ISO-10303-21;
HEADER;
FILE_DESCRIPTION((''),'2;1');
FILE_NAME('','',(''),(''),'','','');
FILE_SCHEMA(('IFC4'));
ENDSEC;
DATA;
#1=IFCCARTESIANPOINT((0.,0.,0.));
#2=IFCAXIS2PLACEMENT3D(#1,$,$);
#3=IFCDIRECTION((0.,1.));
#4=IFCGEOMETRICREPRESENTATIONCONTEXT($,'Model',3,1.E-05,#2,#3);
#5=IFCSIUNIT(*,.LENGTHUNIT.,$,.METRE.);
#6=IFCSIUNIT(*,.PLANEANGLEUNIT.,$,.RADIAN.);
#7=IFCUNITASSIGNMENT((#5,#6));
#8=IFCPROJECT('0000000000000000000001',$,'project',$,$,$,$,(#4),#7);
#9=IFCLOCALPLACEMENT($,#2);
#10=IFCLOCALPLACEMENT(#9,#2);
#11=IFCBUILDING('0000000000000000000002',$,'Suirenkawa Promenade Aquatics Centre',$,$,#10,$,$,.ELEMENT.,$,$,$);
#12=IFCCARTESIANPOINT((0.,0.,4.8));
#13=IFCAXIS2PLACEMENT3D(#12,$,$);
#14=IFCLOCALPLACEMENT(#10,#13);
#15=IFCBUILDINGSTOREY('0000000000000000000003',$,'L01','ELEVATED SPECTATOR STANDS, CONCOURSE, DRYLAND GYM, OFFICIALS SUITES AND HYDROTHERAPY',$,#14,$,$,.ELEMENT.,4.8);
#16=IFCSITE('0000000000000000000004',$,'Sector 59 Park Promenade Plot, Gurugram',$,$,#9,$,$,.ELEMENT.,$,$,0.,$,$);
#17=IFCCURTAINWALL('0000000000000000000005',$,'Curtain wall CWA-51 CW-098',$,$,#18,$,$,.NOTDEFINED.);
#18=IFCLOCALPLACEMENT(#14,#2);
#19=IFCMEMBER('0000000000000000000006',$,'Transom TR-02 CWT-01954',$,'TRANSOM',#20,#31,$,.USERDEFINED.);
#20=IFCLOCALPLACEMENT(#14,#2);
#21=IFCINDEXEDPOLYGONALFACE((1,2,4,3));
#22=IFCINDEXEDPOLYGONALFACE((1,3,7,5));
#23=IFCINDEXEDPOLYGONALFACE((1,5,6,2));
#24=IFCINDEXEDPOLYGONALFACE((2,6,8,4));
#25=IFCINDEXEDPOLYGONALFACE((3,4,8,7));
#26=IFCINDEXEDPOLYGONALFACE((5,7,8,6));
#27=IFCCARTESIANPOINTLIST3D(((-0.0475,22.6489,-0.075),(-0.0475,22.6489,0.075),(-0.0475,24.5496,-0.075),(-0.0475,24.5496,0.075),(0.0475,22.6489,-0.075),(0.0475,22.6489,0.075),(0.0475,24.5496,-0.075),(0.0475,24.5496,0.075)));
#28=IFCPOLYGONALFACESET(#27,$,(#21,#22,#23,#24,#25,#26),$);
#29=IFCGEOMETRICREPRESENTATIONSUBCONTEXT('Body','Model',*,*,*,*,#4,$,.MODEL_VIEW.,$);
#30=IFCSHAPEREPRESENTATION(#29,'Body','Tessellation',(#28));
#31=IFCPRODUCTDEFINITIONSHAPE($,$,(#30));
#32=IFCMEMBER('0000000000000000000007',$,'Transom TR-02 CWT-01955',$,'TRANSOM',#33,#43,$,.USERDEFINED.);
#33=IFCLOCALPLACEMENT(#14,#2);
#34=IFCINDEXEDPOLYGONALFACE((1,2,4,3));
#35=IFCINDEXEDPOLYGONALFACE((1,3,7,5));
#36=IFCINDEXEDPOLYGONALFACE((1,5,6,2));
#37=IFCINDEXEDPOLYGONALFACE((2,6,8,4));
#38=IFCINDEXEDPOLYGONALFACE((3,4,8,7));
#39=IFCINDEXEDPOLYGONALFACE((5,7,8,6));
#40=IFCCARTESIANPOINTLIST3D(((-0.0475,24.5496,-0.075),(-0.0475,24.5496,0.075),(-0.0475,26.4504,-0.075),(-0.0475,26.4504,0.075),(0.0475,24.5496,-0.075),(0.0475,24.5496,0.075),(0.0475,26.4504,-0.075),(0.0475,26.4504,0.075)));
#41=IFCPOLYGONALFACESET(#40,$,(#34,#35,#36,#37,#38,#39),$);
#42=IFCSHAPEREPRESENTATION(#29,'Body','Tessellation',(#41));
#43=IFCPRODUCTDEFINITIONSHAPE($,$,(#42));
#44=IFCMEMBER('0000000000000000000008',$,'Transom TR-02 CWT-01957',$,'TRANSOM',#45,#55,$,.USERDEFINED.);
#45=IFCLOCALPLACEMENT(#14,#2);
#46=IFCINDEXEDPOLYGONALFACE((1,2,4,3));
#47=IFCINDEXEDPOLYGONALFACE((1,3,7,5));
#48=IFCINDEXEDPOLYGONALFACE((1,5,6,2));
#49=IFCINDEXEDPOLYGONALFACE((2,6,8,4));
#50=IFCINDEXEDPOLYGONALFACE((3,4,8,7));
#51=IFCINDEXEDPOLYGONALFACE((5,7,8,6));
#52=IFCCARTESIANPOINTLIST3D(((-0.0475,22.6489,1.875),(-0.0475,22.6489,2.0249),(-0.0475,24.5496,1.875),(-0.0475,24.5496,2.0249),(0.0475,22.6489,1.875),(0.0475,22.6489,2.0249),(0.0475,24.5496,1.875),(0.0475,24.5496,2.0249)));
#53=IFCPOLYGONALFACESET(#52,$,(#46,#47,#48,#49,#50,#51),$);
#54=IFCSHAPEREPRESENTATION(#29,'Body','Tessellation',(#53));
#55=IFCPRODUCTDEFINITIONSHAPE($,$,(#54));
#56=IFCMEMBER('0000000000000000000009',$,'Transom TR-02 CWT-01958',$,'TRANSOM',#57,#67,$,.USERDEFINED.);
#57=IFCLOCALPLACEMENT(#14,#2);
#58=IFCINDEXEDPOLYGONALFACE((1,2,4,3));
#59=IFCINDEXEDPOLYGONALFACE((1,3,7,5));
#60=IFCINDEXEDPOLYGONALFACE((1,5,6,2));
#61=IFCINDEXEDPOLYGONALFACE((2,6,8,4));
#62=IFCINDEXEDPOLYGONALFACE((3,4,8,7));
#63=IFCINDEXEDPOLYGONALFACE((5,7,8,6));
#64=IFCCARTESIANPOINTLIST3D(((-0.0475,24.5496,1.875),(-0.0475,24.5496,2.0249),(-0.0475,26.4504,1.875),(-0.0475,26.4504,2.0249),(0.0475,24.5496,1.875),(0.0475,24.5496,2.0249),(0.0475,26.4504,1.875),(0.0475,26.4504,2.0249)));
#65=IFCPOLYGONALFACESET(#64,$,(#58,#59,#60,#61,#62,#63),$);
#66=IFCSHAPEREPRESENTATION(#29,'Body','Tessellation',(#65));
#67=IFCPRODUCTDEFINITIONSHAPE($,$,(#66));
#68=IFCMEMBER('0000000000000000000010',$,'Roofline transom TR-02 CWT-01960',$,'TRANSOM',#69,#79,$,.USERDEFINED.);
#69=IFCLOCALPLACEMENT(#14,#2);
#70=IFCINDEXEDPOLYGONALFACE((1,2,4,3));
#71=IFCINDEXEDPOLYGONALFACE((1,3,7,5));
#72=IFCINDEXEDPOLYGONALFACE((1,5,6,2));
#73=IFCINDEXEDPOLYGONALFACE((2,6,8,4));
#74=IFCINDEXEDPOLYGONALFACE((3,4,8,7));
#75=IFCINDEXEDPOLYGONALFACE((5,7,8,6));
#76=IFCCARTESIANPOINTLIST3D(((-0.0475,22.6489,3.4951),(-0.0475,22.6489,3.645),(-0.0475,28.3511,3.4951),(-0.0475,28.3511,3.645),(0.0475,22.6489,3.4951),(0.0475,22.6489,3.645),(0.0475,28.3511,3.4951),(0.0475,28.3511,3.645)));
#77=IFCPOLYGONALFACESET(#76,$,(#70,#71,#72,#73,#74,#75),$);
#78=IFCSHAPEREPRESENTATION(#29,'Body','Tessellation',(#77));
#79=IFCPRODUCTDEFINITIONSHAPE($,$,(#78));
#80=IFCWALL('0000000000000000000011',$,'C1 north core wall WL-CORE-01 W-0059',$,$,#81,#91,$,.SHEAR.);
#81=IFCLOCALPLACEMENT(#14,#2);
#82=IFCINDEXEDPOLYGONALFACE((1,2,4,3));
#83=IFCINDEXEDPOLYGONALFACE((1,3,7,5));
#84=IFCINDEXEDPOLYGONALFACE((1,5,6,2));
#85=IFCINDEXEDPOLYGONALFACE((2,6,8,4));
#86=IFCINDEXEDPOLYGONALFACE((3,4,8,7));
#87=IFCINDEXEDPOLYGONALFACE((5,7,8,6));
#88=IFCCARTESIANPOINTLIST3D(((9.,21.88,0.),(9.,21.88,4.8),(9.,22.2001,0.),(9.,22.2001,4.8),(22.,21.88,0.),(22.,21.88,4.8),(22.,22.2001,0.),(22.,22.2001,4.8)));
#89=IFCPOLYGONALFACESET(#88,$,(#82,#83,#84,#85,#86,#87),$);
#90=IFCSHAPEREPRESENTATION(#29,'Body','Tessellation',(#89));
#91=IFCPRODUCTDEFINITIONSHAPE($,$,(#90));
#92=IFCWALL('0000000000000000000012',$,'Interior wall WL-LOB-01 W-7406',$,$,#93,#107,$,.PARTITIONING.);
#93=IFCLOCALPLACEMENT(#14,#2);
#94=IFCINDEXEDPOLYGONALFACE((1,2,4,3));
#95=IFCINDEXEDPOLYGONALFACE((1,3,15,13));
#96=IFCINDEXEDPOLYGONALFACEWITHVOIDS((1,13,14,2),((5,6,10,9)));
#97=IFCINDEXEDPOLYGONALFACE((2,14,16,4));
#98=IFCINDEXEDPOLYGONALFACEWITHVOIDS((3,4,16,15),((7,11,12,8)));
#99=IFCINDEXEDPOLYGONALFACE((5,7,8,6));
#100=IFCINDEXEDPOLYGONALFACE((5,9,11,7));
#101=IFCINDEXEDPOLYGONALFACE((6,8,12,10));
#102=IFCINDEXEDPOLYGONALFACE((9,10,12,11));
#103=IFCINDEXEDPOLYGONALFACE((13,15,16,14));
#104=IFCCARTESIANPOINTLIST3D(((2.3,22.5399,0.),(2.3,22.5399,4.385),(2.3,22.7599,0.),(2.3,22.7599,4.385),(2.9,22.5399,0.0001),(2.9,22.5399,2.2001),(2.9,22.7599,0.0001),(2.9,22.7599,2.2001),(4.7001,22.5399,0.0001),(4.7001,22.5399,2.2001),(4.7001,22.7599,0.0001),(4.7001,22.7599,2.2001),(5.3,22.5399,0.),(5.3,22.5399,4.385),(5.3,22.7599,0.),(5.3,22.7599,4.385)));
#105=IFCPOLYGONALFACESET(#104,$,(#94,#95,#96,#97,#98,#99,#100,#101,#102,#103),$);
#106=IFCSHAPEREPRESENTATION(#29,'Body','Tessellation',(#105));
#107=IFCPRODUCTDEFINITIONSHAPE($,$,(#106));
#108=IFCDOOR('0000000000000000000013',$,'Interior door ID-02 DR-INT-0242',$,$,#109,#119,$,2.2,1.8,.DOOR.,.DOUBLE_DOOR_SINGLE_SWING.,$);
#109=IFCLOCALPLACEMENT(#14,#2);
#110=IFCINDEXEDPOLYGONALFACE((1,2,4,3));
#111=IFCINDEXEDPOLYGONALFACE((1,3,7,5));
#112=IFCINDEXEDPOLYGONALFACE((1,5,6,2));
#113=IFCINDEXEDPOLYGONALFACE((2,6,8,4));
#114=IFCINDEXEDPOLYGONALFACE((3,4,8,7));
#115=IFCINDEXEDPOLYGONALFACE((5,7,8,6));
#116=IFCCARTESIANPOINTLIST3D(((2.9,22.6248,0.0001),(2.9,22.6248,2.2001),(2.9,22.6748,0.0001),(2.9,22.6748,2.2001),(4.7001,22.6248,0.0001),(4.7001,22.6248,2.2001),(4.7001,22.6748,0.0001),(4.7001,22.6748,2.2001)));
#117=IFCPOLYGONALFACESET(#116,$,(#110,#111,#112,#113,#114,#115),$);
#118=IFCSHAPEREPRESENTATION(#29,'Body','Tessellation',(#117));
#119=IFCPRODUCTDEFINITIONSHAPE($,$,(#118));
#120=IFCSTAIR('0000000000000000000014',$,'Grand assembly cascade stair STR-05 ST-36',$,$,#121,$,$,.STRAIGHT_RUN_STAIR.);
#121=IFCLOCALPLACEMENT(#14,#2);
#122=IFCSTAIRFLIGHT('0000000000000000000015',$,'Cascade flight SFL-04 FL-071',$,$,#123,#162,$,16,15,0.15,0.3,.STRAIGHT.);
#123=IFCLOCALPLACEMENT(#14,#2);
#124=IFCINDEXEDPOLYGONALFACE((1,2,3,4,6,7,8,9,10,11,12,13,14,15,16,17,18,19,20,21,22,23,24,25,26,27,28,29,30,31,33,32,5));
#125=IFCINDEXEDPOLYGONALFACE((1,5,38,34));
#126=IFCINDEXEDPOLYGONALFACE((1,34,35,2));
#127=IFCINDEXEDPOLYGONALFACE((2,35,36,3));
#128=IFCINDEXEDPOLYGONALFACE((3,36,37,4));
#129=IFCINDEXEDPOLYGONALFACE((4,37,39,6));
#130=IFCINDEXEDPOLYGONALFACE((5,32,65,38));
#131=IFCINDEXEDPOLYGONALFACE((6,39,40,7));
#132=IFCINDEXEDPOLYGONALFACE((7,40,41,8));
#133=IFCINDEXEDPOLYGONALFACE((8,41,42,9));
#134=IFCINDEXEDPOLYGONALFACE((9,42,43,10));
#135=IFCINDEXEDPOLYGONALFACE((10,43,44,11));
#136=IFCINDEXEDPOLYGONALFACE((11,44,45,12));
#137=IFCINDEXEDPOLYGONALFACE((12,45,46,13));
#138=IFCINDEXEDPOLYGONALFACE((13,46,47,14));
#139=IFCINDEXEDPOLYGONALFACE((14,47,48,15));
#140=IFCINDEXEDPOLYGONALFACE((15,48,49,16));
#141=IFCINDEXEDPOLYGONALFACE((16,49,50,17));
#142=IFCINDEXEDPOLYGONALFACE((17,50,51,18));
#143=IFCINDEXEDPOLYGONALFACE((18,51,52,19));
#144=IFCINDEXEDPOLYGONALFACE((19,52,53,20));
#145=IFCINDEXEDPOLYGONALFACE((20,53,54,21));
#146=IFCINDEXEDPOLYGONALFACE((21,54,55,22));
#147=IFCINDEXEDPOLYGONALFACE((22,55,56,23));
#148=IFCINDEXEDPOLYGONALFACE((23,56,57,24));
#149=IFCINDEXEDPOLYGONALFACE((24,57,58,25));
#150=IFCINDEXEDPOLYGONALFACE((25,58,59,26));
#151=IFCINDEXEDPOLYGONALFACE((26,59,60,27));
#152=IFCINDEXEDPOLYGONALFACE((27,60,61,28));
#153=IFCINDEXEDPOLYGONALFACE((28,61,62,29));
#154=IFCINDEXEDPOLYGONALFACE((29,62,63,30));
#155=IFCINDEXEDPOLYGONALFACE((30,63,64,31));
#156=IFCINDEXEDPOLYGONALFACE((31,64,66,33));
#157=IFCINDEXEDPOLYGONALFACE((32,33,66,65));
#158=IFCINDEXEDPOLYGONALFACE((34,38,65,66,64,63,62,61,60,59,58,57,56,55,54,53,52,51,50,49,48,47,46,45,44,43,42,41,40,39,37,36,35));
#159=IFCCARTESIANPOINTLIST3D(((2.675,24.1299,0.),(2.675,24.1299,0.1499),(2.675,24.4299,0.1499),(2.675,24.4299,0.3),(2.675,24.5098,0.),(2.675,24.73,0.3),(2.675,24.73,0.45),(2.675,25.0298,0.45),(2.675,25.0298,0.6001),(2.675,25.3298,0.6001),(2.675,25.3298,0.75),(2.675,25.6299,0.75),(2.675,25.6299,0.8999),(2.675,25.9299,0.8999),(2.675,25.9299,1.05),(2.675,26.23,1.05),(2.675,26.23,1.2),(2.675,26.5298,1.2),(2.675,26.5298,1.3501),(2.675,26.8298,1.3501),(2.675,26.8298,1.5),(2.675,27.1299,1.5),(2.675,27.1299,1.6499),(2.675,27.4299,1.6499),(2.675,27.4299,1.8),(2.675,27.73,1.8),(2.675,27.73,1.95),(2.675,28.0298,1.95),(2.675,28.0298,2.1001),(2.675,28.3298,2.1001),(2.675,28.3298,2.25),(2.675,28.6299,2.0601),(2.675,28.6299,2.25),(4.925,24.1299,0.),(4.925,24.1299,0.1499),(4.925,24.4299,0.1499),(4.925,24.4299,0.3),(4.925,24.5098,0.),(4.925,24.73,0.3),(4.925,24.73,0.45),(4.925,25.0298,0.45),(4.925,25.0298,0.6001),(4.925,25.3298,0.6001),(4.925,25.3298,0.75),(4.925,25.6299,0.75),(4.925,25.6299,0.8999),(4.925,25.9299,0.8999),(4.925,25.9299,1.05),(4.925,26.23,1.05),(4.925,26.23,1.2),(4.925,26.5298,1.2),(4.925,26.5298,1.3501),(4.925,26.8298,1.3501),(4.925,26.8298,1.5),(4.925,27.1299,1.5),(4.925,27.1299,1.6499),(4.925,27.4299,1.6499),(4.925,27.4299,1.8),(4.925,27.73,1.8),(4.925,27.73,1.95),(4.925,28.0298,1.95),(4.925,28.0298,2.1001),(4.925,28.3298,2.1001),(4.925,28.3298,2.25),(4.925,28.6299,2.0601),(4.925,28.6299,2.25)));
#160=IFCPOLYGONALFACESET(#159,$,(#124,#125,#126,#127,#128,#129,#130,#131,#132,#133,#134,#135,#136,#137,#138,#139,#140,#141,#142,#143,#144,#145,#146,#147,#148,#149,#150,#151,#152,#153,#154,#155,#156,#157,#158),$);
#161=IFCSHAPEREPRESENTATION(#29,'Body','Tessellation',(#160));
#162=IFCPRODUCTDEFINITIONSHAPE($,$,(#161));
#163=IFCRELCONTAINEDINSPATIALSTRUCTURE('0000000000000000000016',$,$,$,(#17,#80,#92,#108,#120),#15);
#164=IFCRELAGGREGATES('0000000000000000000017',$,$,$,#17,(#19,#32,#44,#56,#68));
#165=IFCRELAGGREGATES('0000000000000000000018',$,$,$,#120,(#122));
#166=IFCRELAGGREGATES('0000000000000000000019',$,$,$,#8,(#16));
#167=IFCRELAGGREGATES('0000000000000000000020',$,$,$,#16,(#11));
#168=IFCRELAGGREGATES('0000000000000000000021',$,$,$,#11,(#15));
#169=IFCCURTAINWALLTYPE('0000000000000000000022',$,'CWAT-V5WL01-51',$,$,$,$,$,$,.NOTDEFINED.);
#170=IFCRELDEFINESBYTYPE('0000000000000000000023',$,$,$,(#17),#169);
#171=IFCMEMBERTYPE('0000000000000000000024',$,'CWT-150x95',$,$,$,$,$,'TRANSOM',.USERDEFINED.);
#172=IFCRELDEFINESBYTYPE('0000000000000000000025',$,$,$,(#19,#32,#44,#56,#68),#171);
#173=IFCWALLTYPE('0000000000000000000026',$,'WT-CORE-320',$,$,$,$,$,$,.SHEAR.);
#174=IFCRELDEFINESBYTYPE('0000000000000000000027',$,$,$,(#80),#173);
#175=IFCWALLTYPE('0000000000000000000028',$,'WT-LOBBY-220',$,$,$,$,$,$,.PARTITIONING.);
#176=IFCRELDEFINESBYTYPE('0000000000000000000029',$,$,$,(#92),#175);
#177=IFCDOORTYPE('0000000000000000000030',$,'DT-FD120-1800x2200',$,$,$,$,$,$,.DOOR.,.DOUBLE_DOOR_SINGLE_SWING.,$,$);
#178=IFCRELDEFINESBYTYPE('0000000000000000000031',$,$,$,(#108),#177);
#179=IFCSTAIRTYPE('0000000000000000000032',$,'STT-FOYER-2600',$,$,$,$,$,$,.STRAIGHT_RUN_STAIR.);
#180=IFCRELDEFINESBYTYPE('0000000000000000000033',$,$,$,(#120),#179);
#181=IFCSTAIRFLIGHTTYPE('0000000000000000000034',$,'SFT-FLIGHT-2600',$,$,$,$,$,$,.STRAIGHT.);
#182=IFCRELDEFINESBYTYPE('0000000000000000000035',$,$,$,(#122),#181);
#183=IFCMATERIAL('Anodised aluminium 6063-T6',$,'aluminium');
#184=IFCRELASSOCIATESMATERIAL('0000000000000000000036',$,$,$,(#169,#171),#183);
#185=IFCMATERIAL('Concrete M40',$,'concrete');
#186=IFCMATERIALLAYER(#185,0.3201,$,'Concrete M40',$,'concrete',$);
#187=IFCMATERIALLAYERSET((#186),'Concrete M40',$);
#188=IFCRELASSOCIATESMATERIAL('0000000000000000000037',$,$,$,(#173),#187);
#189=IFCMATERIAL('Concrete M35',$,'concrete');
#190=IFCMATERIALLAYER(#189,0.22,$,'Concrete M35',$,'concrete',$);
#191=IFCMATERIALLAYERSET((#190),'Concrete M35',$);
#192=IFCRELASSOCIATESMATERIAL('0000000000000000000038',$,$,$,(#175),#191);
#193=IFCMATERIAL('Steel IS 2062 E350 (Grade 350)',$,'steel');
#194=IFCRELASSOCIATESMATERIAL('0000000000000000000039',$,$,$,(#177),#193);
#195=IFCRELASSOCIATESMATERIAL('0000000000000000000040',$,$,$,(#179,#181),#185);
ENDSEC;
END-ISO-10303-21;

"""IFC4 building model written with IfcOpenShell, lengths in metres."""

from ifc_helpers import new_model, si_unit, direction, frame, frame_2d, origin, origin_2d, place, context, subcontext, project, spatial, polyline, rectangle, outline, extrude, material, layer, layer_set, material_profile, profile_set, type_object, element, fill, aggregate, save


model = new_model("IFC4")

# Units and contexts
model_context = context("Model", 3, precision=1e-05, world=origin(), true_north=direction((0.0, 1.0)))
body_context = subcontext(model_context, "Body", "Model", "MODEL_VIEW")
ifc_project = project(units=[si_unit("LENGTHUNIT", "METRE"), si_unit("PLANEANGLEUNIT", "RADIAN")], contexts=[model_context])

# Site, building, storey
site_placement = place(None, origin())
site = spatial("IfcSite", under=ifc_project, at=site_placement, Name="Sector 59 Park Promenade Plot, Gurugram", CompositionType="ELEMENT", RefElevation=0.0)
building_placement = place(site_placement, origin())
building = spatial("IfcBuilding", under=site, at=building_placement, Name="Suirenkawa Promenade Aquatics Centre", CompositionType="ELEMENT")
storey_placement = place(building_placement, frame((0.0, 0.0, 4.8)))
storey = spatial("IfcBuildingStorey", under=building, at=storey_placement, Name="L01", Description="ELEVATED SPECTATOR STANDS, CONCOURSE, DRYLAND GYM, OFFICIALS SUITES AND HYDROTHERAPY", CompositionType="ELEMENT", Elevation=4.8)

# Shared definitions
ifc_material_1 = material(Name="Concrete M40", Category="concrete")

# Shared definitions
ifc_material_2 = material(Name="Steel IS 2062 E350 (Grade 350)", Category="steel")
ifc_material_3 = material(Name="Concrete M35", Category="concrete")

# Curtain wall
ifc_material_4 = material(Name="Anodised aluminium 6063-T6", Category="aluminium")
curtain_wall_type_1 = type_object("IfcCurtainWallType", Name="CWAT-V5WL01-51", PredefinedType="NOTDEFINED", material=ifc_material_4)
curtain_wall_1_placement = place(storey_placement, origin())
curtain_wall_1 = element("IfcCurtainWall", 1, at=curtain_wall_1_placement, inside=storey, type_object=curtain_wall_type_1, Name="Curtain wall CWA-51 CW-098", PredefinedType="NOTDEFINED")

# Members
ifc_material_profile_1 = material_profile(ifc_material_4, rectangle(XDim=0.095, YDim=0.1499, at=origin_2d()), Name="ALU TRAN 95x150", Category="aluminium")
ifc_profile_set_1 = profile_set([ifc_material_profile_1], Name="Anodised aluminium 6063-T6")
member_type_1 = type_object("IfcMemberType", Name="CWT-150x95", ElementType="TRANSOM", PredefinedType="USERDEFINED", material=ifc_profile_set_1)
member_1_placement = place(storey_placement, frame((0.0, 22.6489, 0.0), z_axis=(0.0, 1.0, 0.0), x_axis=(-1.0, 0.0, 0.0)))
member_1 = element("IfcMember", 2, at=member_1_placement, type_object=member_type_1, Name="Transom TR-02 CWT-01954", ObjectType="TRANSOM", PredefinedType="USERDEFINED", context=body_context, shape_type="SweptSolid", body=[
    extrude(rectangle(XDim=0.095, YDim=0.1499, at=origin_2d()), origin(), (0.0, 0.0, 1.0), 1.9006),
])
member_2_placement = place(storey_placement, frame((0.0, 24.5496, 0.0), z_axis=(0.0, 1.0, 0.0), x_axis=(-1.0, 0.0, 0.0)))
member_2 = element("IfcMember", 3, at=member_2_placement, type_object=member_type_1, Name="Transom TR-02 CWT-01955", ObjectType="TRANSOM", PredefinedType="USERDEFINED", context=body_context, shape_type="SweptSolid", body=[
    extrude(rectangle(XDim=0.095, YDim=0.1499, at=origin_2d()), origin(), (0.0, 0.0, 1.0), 1.9009),
])
member_3_placement = place(storey_placement, frame((0.0, 22.6489, 1.95), z_axis=(0.0, 1.0, 0.0), x_axis=(-1.0, 0.0, 0.0)))
member_3 = element("IfcMember", 4, at=member_3_placement, type_object=member_type_1, Name="Transom TR-02 CWT-01957", ObjectType="TRANSOM", PredefinedType="USERDEFINED", context=body_context, shape_type="SweptSolid", body=[
    extrude(rectangle(XDim=0.095, YDim=0.1499, at=origin_2d()), origin(), (0.0, 0.0, 1.0), 1.9006),
])
member_4_placement = place(storey_placement, frame((0.0, 24.5496, 1.95), z_axis=(0.0, 1.0, 0.0), x_axis=(-1.0, 0.0, 0.0)))
member_4 = element("IfcMember", 5, at=member_4_placement, type_object=member_type_1, Name="Transom TR-02 CWT-01958", ObjectType="TRANSOM", PredefinedType="USERDEFINED", context=body_context, shape_type="SweptSolid", body=[
    extrude(rectangle(XDim=0.095, YDim=0.1499, at=origin_2d()), origin(), (0.0, 0.0, 1.0), 1.9009),
])
member_5_placement = place(storey_placement, frame((0.0, 22.6489, 3.5701), z_axis=(0.0, 1.0, 0.0), x_axis=(-1.0, 0.0, 0.0)))
member_5 = element("IfcMember", 6, at=member_5_placement, type_object=member_type_1, Name="Roofline transom TR-02 CWT-01960", ObjectType="TRANSOM", PredefinedType="USERDEFINED", context=body_context, shape_type="SweptSolid", body=[
    extrude(rectangle(XDim=0.095, YDim=0.1499, at=origin_2d()), origin(), (0.0, 0.0, 1.0), 5.7021),
])

aggregate(curtain_wall_1, [member_1, member_2, member_3, member_4, member_5])

# Wall
ifc_layer_1 = layer(ifc_material_1, 0.3201, Name="Concrete M40", Category="concrete")
ifc_layer_set_1 = layer_set([ifc_layer_1], Name="Concrete M40")
wall_type_1 = type_object("IfcWallType", Name="WT-CORE-320", PredefinedType="SHEAR", material=ifc_layer_set_1)
wall_1_placement = place(storey_placement, frame((9.0, 22.04, 0.0), z_axis=(0.0, 0.0, 1.0), x_axis=(1.0, 0.0, 0.0)))
element("IfcWall", 7, at=wall_1_placement, inside=storey, type_object=wall_type_1, Name="C1 north core wall WL-CORE-01 W-0059", PredefinedType="SHEAR", context=body_context, shape_type="SweptSolid", body=[
    extrude(rectangle(XDim=13.0, YDim=0.3201, at=frame_2d((6.5, 0.0))), origin(), (0.0, 0.0, 1.0), 4.8),
])

# Wall, opening, door
ifc_layer_2 = layer(ifc_material_3, 0.22, Name="Concrete M35", Category="concrete")
ifc_layer_set_2 = layer_set([ifc_layer_2], Name="Concrete M35")
wall_type_2 = type_object("IfcWallType", Name="WT-LOBBY-220", PredefinedType="PARTITIONING", material=ifc_layer_set_2)
wall_2_placement = place(storey_placement, frame((2.3, 22.6499, 0.0), z_axis=(0.0, 0.0, 1.0), x_axis=(1.0, 0.0, 0.0)))
wall_2 = element("IfcWall", 8, at=wall_2_placement, inside=storey, type_object=wall_type_2, Name="Interior wall WL-LOB-01 W-7406", PredefinedType="PARTITIONING", context=body_context, shape_type="SweptSolid", body=[
    extrude(rectangle(XDim=3.0, YDim=0.22, at=frame_2d((1.5, 0.0))), origin(), (0.0, 0.0, 1.0), 4.385),
])
opening_placement = place(wall_2_placement, frame((0.6001, 0.0, 0.0)))
opening = element("IfcOpeningElement", 9, at=opening_placement, cuts=wall_2, PredefinedType="OPENING", context=body_context, shape_type="SweptSolid", body=[
    extrude(rectangle(XDim=1.8, YDim=2.2, at=frame_2d((0.8999, 1.1001))), frame((0.0, 0.1199, 0.0), z_axis=(0.0, -1.0, 0.0), x_axis=(1.0, 0.0, 0.0)), (0.0, 0.0, 1.0), 0.24),
])
door_type = type_object("IfcDoorType", Name="DT-FD120-1800x2200", OperationType="DOUBLE_DOOR_SINGLE_SWING", PredefinedType="DOOR", material=ifc_material_2)
door_placement = place(opening_placement, origin())
door = element("IfcDoor", 10, at=door_placement, inside=storey, type_object=door_type, Name="Interior door ID-02 DR-INT-0242", OperationType="DOUBLE_DOOR_SINGLE_SWING", OverallHeight=2.2, OverallWidth=1.8, PredefinedType="DOOR", context=body_context, shape_type="SweptSolid", body=[
    extrude(rectangle(XDim=1.8, YDim=2.2, at=frame_2d((0.8999, 1.1001))), frame((0.0, 0.0249, 0.0), z_axis=(0.0, -1.0, 0.0), x_axis=(1.0, 0.0, 0.0)), (0.0, 0.0, 1.0), 0.05),
])
fill(opening, door)

# Stair, stair flight
stair_type = type_object("IfcStairType", Name="STT-FOYER-2600", PredefinedType="STRAIGHT_RUN_STAIR", material=ifc_material_1)
stair_placement = place(storey_placement, origin())
stair = element("IfcStair", 11, at=stair_placement, inside=storey, type_object=stair_type, Name="Grand assembly cascade stair STR-05 ST-36", PredefinedType="STRAIGHT_RUN_STAIR")
stair_flight_type = type_object("IfcStairFlightType", Name="SFT-FLIGHT-2600", PredefinedType="STRAIGHT", material=ifc_material_1)
stair_flight_placement = place(storey_placement, frame((3.8, 24.1299, 0.0), z_axis=(0.0, 0.0, 1.0), x_axis=(0.0, 1.0, 0.0)))
stair_flight = element("IfcStairFlight", 12, at=stair_flight_placement, type_object=stair_flight_type, Name="Cascade flight SFL-04 FL-071", NumberOfRisers=16, NumberOfTreads=15, PredefinedType="STRAIGHT", RiserHeight=0.15, TreadLength=0.3, context=body_context, shape_type="SweptSolid", body=[
    extrude(outline(polyline([(0.0, 0.0), (0.0, 0.1499), (0.3, 0.1499), (0.3, 0.3), (0.6001, 0.3), (0.6001, 0.45), (0.8999, 0.45), (0.8999, 0.6001), (1.2, 0.6001), (1.2, 0.75), (1.5, 0.75), (1.5, 0.8999), (1.8, 0.8999), (1.8, 1.05), (2.1001, 1.05), (2.1001, 1.2), (2.3999, 1.2), (2.3999, 1.3501), (2.7, 1.3501), (2.7, 1.5), (3.0, 1.5), (3.0, 1.6499), (3.3, 1.6499), (3.3, 1.8), (3.6001, 1.8), (3.6001, 1.95), (3.8999, 1.95), (3.8999, 2.1001), (4.2, 2.1001), (4.2, 2.25), (4.5, 2.25), (4.5, 2.3999), (4.5, 2.0601), (0.3799, 0.0), (0.0, 0.0)])), frame((0.0, 1.125, 0.0), z_axis=(0.0, -1.0, 0.0), x_axis=(1.0, 0.0, 0.0)), (0.0, 0.0, 1.0), 2.25),
])
aggregate(stair, [stair_flight])

save(model, "model.ifc")
